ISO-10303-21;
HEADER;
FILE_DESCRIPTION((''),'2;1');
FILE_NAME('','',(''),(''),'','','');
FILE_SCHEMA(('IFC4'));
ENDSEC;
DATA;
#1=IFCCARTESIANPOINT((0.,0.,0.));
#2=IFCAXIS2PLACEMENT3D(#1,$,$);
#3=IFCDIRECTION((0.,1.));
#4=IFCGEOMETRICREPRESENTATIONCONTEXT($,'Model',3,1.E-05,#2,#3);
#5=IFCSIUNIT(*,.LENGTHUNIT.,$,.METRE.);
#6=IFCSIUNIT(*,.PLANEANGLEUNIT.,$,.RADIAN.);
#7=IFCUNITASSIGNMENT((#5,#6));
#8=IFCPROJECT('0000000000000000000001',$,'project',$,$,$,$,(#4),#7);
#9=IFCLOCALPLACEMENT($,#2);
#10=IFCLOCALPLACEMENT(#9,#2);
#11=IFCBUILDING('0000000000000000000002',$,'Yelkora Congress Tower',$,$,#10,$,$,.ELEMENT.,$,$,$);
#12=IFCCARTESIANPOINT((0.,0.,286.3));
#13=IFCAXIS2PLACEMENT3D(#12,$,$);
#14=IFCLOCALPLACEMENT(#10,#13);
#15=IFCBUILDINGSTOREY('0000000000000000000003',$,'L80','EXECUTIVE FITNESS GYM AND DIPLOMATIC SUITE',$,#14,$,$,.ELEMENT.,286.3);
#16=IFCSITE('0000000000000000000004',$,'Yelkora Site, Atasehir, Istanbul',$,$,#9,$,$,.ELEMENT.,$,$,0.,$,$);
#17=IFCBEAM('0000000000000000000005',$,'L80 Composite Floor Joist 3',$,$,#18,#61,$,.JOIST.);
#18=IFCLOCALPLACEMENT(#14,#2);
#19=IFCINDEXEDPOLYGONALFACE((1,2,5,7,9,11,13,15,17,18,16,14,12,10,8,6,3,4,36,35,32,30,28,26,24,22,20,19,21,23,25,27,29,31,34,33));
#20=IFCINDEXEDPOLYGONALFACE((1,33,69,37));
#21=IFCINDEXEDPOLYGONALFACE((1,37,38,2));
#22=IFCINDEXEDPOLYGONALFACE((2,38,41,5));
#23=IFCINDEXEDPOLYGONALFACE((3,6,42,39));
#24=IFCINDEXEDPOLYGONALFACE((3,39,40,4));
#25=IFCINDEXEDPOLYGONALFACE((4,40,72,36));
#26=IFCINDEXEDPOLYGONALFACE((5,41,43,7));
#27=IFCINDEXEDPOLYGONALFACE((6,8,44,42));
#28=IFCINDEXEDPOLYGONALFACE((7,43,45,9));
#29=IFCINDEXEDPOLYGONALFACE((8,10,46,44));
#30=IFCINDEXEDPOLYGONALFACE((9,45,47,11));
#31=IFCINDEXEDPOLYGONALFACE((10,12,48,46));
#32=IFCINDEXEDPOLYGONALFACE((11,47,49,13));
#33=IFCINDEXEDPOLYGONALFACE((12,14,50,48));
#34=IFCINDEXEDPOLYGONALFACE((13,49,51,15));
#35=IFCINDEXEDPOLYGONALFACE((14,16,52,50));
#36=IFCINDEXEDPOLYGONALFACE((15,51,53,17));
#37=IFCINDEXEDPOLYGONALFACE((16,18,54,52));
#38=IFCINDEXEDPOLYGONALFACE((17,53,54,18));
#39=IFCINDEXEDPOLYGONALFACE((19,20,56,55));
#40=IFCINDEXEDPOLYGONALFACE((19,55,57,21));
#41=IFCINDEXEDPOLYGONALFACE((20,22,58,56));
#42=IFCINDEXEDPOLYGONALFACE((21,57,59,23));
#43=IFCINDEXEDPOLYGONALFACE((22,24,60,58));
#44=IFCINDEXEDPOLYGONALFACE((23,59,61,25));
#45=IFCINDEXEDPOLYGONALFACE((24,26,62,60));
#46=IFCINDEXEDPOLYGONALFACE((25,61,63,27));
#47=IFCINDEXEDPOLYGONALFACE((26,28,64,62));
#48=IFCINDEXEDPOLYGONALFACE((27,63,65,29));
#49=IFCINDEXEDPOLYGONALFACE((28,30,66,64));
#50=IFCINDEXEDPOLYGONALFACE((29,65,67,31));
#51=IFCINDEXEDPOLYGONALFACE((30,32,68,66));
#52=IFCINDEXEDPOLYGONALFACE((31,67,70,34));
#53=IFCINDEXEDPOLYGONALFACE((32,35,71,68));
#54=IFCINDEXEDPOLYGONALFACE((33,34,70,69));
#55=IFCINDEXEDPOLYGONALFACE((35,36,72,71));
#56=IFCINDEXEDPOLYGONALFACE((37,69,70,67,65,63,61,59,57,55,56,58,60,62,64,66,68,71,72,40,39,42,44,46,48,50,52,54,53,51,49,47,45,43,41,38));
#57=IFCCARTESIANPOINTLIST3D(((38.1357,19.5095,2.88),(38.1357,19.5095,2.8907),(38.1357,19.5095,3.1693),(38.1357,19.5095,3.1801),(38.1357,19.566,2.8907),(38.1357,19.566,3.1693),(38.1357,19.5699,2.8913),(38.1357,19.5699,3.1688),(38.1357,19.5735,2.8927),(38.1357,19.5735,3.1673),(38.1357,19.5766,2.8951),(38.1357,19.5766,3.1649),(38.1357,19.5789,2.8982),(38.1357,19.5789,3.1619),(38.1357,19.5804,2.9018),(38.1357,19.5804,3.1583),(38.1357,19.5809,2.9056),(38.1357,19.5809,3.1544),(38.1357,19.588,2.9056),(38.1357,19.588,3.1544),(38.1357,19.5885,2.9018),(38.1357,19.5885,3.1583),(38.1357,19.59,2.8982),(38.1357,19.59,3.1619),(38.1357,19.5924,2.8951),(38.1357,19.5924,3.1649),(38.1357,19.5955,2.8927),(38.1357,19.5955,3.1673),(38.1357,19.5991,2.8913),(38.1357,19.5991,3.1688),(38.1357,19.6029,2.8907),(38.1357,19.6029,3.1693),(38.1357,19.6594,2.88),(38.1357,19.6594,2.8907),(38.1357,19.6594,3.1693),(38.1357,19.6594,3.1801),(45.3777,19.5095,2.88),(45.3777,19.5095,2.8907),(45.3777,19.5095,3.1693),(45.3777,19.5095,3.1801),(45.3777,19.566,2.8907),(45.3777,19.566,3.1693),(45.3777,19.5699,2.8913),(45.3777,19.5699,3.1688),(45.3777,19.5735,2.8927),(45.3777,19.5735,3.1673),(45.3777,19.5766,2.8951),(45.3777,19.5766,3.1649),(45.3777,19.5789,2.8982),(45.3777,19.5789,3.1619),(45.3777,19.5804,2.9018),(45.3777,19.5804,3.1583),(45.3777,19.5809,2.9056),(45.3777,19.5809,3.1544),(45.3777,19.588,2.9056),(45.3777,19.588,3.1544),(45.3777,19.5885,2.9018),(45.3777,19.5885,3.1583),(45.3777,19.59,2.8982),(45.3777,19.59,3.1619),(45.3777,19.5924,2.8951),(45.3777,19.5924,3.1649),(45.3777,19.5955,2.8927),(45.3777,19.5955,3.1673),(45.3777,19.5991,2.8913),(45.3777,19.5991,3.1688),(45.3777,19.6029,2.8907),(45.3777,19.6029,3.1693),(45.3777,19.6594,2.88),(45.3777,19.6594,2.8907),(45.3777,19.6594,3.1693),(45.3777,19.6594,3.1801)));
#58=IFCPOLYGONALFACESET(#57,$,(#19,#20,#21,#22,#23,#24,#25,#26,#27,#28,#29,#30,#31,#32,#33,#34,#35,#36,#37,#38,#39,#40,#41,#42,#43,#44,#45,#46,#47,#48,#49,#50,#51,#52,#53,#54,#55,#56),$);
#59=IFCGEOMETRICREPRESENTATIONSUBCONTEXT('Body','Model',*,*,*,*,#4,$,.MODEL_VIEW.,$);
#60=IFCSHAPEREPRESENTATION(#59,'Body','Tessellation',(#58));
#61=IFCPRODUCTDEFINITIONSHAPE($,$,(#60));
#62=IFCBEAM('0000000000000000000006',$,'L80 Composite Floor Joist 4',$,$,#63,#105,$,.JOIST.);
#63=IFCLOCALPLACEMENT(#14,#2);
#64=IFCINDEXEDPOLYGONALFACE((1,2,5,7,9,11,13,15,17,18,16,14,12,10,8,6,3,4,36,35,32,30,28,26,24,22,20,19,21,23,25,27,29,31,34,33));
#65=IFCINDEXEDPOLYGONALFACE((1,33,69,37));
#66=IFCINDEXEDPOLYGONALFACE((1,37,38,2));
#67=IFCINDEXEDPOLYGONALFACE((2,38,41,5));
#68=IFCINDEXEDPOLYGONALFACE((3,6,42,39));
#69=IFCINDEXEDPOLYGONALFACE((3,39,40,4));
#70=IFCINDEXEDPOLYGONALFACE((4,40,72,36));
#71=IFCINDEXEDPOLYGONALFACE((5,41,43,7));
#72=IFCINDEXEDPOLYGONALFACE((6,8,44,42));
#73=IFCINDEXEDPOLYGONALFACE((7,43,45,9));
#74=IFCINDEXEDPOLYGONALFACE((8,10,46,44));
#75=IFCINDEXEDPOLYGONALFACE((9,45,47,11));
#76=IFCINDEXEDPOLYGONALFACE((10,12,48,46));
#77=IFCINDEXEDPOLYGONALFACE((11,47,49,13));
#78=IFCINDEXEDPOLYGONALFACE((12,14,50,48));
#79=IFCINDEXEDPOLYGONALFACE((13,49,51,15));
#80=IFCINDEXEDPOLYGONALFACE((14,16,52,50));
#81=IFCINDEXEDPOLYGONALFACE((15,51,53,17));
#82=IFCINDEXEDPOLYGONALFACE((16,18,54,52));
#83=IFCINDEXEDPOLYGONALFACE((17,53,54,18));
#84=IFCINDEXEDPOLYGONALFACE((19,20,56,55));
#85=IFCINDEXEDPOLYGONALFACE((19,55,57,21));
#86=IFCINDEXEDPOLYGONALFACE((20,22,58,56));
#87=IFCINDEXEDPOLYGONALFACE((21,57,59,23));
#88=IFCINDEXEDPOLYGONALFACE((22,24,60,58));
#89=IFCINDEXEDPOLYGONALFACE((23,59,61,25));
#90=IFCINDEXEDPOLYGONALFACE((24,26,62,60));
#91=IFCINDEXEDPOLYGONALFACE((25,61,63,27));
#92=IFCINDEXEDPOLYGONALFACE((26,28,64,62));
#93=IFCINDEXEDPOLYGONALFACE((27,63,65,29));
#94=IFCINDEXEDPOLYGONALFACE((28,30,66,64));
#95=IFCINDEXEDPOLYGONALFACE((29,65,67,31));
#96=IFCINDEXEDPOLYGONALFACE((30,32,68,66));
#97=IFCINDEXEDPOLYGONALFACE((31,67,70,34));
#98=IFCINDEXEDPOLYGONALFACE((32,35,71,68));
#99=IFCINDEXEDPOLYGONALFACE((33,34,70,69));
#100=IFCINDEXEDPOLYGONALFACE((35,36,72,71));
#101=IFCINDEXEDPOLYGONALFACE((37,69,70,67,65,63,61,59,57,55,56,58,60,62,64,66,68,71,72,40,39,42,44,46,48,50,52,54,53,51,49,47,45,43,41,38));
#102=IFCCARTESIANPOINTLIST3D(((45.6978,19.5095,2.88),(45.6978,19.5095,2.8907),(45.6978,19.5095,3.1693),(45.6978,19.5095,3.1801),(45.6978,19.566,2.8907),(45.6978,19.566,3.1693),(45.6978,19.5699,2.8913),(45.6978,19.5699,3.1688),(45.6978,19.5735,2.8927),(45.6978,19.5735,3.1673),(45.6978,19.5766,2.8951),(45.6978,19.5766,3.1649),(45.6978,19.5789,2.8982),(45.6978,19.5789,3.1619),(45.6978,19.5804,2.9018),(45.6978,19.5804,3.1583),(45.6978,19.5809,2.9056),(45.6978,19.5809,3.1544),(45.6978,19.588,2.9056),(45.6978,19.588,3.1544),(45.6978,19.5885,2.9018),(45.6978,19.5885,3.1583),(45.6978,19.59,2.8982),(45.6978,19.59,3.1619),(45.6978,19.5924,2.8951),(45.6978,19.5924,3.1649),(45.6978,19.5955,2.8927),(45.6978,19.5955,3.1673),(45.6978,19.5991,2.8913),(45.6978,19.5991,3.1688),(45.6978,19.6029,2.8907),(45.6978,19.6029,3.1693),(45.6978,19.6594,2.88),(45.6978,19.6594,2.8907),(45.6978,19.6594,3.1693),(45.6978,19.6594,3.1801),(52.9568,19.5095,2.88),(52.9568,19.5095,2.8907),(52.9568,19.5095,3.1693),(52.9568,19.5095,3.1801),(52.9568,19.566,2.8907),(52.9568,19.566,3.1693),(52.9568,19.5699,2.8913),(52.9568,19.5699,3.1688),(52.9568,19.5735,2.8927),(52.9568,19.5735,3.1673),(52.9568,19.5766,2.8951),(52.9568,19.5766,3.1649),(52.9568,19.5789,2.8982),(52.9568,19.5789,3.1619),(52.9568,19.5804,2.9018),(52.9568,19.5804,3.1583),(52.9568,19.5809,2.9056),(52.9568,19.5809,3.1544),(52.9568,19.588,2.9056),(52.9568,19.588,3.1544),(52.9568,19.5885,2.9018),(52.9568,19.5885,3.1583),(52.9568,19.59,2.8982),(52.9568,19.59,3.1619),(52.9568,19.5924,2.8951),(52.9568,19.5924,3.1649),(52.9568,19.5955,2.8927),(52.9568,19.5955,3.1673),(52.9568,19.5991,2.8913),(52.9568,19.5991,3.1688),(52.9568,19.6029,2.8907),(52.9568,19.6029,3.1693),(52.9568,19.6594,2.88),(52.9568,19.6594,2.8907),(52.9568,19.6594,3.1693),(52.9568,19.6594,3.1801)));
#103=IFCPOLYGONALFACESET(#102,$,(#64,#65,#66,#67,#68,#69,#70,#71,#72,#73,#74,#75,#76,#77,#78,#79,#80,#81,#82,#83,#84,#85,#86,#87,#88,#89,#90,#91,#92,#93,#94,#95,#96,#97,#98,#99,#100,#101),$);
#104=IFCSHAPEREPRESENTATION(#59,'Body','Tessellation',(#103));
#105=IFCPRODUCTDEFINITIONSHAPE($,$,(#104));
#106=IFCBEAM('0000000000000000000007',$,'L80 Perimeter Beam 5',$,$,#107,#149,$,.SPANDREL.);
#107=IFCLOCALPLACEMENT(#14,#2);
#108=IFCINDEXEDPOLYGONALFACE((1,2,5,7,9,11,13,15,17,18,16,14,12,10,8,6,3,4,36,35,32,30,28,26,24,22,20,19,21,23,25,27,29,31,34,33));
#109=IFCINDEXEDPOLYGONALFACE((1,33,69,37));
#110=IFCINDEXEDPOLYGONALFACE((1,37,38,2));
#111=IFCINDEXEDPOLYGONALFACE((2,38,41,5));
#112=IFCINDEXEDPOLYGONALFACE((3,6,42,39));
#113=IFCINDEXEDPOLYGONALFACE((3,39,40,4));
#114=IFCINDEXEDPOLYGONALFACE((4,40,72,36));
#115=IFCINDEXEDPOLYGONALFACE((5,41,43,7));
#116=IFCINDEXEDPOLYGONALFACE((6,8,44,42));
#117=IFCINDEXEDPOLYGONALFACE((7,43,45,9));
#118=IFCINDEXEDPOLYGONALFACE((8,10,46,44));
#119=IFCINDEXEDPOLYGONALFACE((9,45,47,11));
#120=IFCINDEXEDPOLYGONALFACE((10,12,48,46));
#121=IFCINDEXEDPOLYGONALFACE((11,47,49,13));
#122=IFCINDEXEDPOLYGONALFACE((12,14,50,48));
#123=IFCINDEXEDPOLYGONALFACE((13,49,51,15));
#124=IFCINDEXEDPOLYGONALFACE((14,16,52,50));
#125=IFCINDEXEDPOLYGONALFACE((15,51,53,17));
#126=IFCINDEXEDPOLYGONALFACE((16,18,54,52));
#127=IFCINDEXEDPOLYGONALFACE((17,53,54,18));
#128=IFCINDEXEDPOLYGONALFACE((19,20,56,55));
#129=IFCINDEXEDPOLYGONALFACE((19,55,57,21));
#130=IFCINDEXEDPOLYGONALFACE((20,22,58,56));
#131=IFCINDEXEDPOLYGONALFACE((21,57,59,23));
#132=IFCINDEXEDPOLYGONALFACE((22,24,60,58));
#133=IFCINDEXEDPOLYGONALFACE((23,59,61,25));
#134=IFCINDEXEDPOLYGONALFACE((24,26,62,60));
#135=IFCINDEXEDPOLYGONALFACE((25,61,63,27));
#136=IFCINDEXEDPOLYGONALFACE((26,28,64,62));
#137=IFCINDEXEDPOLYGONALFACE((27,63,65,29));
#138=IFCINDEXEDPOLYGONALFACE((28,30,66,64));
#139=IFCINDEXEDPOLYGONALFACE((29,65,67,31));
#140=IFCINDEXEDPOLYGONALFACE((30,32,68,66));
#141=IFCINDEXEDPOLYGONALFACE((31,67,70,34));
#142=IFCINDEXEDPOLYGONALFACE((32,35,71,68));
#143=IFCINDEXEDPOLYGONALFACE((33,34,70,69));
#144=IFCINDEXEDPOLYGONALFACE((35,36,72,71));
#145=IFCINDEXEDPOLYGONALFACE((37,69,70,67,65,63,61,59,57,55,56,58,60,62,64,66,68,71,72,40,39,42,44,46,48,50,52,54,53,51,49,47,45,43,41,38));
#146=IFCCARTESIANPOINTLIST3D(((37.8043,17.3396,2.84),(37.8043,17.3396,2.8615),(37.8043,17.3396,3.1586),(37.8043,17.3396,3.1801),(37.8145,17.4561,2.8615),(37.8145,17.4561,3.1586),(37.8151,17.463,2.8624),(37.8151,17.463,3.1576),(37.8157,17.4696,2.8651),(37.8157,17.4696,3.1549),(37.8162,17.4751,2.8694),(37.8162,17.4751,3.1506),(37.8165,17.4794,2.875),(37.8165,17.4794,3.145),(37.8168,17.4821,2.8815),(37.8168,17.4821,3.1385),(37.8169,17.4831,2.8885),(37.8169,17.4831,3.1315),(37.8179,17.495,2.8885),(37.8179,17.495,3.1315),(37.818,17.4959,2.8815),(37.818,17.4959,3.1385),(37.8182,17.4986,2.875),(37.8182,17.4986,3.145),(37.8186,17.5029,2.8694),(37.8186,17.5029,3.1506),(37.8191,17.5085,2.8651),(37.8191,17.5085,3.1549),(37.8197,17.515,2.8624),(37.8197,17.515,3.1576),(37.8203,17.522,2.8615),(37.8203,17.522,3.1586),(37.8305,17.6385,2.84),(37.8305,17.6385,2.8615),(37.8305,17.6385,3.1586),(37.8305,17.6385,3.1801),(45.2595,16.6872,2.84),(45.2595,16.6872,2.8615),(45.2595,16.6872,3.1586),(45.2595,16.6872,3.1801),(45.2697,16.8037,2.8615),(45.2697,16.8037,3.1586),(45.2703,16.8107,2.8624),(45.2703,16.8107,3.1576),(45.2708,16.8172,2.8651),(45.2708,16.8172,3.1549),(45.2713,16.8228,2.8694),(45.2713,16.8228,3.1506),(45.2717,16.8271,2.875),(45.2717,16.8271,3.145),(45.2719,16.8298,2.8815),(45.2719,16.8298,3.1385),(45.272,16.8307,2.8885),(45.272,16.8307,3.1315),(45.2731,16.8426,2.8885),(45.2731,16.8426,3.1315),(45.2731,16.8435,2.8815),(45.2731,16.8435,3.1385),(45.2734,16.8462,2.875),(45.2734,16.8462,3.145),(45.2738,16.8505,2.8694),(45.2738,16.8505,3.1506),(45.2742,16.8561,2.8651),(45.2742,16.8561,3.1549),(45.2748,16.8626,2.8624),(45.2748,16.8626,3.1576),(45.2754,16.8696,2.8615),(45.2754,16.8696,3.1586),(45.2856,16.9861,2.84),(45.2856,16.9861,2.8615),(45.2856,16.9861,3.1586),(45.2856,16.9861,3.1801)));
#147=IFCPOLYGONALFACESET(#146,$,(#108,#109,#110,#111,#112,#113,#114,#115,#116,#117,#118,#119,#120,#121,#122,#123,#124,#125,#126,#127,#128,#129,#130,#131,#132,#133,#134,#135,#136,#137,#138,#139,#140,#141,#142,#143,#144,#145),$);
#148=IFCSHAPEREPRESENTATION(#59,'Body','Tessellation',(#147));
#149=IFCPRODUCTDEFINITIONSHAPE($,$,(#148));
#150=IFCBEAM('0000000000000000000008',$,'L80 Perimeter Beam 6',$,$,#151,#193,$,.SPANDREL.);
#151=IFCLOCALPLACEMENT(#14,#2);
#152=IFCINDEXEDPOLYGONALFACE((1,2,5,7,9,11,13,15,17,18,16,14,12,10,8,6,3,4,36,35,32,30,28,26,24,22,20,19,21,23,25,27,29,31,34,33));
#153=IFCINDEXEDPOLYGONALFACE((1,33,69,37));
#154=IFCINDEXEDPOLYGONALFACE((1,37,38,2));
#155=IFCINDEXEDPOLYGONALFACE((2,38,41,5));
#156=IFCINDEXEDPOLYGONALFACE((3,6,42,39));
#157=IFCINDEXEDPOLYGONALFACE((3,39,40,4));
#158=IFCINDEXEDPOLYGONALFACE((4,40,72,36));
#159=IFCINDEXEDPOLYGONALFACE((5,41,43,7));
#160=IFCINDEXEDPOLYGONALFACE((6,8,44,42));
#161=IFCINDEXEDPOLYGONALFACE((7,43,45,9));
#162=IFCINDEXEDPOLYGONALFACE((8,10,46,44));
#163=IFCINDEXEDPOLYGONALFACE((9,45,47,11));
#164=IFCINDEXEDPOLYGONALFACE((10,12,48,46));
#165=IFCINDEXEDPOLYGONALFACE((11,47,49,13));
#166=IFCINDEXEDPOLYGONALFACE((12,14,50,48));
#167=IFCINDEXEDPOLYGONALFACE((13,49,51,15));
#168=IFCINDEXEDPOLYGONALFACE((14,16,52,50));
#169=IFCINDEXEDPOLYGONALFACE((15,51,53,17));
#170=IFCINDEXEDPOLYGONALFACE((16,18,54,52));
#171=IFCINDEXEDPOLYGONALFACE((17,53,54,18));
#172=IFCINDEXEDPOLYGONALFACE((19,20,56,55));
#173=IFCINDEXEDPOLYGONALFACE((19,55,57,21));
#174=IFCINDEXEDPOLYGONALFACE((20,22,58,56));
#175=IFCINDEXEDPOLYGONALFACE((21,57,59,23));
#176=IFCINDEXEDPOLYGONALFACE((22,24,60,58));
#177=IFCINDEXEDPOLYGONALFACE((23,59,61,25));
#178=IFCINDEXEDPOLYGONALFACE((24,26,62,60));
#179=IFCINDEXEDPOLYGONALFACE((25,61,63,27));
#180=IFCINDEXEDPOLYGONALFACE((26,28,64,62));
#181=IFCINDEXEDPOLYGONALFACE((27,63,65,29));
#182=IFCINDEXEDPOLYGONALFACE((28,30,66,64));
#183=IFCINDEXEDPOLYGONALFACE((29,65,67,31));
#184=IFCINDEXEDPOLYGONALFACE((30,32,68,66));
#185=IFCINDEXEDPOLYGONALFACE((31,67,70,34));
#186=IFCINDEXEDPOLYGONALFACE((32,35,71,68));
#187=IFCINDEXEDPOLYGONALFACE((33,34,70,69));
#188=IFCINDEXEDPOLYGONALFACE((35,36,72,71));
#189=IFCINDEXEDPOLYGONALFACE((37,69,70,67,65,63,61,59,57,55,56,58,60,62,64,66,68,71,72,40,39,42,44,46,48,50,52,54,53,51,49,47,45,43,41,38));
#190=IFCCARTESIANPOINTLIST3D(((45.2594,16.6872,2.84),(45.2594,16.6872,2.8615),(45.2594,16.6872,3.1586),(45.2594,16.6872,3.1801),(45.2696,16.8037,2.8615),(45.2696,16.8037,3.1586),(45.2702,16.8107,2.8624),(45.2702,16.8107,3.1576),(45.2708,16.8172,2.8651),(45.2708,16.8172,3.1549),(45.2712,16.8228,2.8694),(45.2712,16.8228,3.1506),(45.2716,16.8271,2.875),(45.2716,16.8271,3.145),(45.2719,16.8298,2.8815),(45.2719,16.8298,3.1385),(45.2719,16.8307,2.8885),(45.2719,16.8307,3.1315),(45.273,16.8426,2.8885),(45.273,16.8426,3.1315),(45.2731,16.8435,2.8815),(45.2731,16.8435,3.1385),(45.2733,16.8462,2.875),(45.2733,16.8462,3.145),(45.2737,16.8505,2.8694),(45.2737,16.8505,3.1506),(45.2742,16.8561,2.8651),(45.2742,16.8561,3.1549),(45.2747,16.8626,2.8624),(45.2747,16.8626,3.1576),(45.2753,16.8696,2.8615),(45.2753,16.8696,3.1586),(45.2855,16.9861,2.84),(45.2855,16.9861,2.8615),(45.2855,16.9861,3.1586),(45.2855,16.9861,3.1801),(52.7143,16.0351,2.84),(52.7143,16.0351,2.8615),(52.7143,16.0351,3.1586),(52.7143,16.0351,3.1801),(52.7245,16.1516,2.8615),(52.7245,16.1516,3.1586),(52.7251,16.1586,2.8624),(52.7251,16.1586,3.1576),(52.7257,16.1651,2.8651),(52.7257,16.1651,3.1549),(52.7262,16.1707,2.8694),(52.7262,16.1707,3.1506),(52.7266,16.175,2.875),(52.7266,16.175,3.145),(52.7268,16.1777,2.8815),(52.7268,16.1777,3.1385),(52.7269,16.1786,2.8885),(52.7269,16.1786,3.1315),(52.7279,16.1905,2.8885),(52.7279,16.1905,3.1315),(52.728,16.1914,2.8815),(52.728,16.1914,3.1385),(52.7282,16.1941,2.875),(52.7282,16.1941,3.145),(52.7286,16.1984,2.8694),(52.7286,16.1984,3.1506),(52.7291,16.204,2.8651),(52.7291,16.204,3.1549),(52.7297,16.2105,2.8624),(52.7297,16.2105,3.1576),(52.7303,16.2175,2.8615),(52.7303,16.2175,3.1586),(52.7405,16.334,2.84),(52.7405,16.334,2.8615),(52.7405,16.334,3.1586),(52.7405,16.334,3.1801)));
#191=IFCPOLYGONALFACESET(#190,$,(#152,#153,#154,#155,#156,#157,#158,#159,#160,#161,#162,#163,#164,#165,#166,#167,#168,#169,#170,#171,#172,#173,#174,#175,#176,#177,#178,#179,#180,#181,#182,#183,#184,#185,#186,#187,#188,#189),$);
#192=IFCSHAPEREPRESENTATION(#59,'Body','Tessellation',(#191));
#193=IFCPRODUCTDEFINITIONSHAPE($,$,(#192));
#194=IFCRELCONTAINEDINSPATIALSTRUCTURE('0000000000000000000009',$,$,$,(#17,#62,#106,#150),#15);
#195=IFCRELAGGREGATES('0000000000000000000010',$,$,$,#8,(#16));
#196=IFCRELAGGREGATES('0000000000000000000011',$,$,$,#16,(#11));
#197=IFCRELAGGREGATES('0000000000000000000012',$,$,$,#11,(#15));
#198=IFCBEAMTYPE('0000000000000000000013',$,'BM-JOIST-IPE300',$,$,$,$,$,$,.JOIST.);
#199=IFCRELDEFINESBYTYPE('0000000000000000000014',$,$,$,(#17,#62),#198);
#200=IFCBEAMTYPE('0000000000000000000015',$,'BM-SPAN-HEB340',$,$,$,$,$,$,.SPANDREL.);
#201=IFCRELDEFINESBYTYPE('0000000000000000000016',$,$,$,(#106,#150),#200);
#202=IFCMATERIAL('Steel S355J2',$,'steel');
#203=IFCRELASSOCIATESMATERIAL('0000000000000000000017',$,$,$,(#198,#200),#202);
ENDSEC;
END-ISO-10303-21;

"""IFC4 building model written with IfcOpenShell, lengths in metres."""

from ifc_helpers import new_model, si_unit, direction, frame, origin, origin_2d, place, context, subcontext, project, spatial, i_section, extrude, material, material_profile, profile_set, type_object, element, save


model = new_model("IFC4")

# Units and contexts
model_context = context("Model", 3, precision=1e-05, world=origin(), true_north=direction((0.0, 1.0)))
body_context = subcontext(model_context, "Body", "Model", "MODEL_VIEW")
ifc_project = project(units=[si_unit("LENGTHUNIT", "METRE"), si_unit("PLANEANGLEUNIT", "RADIAN")], contexts=[model_context])

# Site, building, storey
site_placement = place(None, origin())
site = spatial("IfcSite", under=ifc_project, at=site_placement, Name="Yelkora Site, Atasehir, Istanbul", CompositionType="ELEMENT", RefElevation=0.0)
building_placement = place(site_placement, origin())
building = spatial("IfcBuilding", under=site, at=building_placement, Name="Yelkora Congress Tower", CompositionType="ELEMENT")
storey_placement = place(building_placement, frame((0.0, 0.0, 286.3)))
storey = spatial("IfcBuildingStorey", under=building, at=storey_placement, Name="L80", Description="EXECUTIVE FITNESS GYM AND DIPLOMATIC SUITE", CompositionType="ELEMENT", Elevation=286.3)

# Shared definitions
ifc_material_1 = material(Name="Steel S355J2", Category="steel")

# Beams
ifc_material_profile_1 = material_profile(ifc_material_1, i_section(OverallWidth=0.1499, OverallDepth=0.3, WebThickness=0.0071, FlangeThickness=0.0107, FilletRadius=0.0149, at=origin_2d()), Name="IPE 300")
ifc_profile_set_1 = profile_set([ifc_material_profile_1], Name="Steel S355J2")
beam_type_1 = type_object("IfcBeamType", Name="BM-JOIST-IPE300", PredefinedType="JOIST", material=ifc_profile_set_1)
beam_1_placement = place(storey_placement, frame((38.1357, 19.5845, 3.03), z_axis=(1.0, 0.0, 0.0), x_axis=(0.0, 1.0, 0.0)))
element("IfcBeam", 1, at=beam_1_placement, inside=storey, type_object=beam_type_1, Name="L80 Composite Floor Joist 3", PredefinedType="JOIST", context=body_context, shape_type="SweptSolid", body=[
    extrude(i_section(OverallWidth=0.1499, OverallDepth=0.3, WebThickness=0.0071, FlangeThickness=0.0107, FilletRadius=0.0149, at=origin_2d()), origin(), (0.0, 0.0, 1.0), 7.2419),
])
beam_2_placement = place(storey_placement, frame((45.6978, 19.5845, 3.03), z_axis=(1.0, 0.0, 0.0), x_axis=(0.0, 1.0, 0.0)))
element("IfcBeam", 2, at=beam_2_placement, inside=storey, type_object=beam_type_1, Name="L80 Composite Floor Joist 4", PredefinedType="JOIST", context=body_context, shape_type="SweptSolid", body=[
    extrude(i_section(OverallWidth=0.1499, OverallDepth=0.3, WebThickness=0.0071, FlangeThickness=0.0107, FilletRadius=0.0149, at=origin_2d()), origin(), (0.0, 0.0, 1.0), 7.259),
])
ifc_material_profile_2 = material_profile(ifc_material_1, i_section(OverallWidth=0.3, OverallDepth=0.3401, WebThickness=0.012, FlangeThickness=0.0215, FilletRadius=0.0271, at=origin_2d()), Name="HEB 340")
ifc_profile_set_2 = profile_set([ifc_material_profile_2], Name="Steel S355J2")
beam_type_2 = type_object("IfcBeamType", Name="BM-SPAN-HEB340", PredefinedType="SPANDREL", material=ifc_profile_set_2)
beam_3_placement = place(storey_placement, frame((37.8174, 17.489, 3.01), z_axis=(0.996193, -0.08717, 0.0), x_axis=(0.08717, 0.996193, 0.0)))
element("IfcBeam", 3, at=beam_3_placement, inside=storey, type_object=beam_type_2, Name="L80 Perimeter Beam 5", PredefinedType="SPANDREL", context=body_context, shape_type="SweptSolid", body=[
    extrude(i_section(OverallWidth=0.3, OverallDepth=0.3401, WebThickness=0.012, FlangeThickness=0.0215, FilletRadius=0.0271, at=origin_2d()), origin(), (0.0, 0.0, 1.0), 7.4836),
])
beam_4_placement = place(storey_placement, frame((45.2725, 16.8367, 3.01), z_axis=(0.996196, -0.087141, 0.0), x_axis=(0.087141, 0.996196, 0.0)))
element("IfcBeam", 4, at=beam_4_placement, inside=storey, type_object=beam_type_2, Name="L80 Perimeter Beam 6", PredefinedType="SPANDREL", context=body_context, shape_type="SweptSolid", body=[
    extrude(i_section(OverallWidth=0.3, OverallDepth=0.3401, WebThickness=0.012, FlangeThickness=0.0215, FilletRadius=0.0271, at=origin_2d()), origin(), (0.0, 0.0, 1.0), 7.4834),
])

save(model, "model.ifc")
